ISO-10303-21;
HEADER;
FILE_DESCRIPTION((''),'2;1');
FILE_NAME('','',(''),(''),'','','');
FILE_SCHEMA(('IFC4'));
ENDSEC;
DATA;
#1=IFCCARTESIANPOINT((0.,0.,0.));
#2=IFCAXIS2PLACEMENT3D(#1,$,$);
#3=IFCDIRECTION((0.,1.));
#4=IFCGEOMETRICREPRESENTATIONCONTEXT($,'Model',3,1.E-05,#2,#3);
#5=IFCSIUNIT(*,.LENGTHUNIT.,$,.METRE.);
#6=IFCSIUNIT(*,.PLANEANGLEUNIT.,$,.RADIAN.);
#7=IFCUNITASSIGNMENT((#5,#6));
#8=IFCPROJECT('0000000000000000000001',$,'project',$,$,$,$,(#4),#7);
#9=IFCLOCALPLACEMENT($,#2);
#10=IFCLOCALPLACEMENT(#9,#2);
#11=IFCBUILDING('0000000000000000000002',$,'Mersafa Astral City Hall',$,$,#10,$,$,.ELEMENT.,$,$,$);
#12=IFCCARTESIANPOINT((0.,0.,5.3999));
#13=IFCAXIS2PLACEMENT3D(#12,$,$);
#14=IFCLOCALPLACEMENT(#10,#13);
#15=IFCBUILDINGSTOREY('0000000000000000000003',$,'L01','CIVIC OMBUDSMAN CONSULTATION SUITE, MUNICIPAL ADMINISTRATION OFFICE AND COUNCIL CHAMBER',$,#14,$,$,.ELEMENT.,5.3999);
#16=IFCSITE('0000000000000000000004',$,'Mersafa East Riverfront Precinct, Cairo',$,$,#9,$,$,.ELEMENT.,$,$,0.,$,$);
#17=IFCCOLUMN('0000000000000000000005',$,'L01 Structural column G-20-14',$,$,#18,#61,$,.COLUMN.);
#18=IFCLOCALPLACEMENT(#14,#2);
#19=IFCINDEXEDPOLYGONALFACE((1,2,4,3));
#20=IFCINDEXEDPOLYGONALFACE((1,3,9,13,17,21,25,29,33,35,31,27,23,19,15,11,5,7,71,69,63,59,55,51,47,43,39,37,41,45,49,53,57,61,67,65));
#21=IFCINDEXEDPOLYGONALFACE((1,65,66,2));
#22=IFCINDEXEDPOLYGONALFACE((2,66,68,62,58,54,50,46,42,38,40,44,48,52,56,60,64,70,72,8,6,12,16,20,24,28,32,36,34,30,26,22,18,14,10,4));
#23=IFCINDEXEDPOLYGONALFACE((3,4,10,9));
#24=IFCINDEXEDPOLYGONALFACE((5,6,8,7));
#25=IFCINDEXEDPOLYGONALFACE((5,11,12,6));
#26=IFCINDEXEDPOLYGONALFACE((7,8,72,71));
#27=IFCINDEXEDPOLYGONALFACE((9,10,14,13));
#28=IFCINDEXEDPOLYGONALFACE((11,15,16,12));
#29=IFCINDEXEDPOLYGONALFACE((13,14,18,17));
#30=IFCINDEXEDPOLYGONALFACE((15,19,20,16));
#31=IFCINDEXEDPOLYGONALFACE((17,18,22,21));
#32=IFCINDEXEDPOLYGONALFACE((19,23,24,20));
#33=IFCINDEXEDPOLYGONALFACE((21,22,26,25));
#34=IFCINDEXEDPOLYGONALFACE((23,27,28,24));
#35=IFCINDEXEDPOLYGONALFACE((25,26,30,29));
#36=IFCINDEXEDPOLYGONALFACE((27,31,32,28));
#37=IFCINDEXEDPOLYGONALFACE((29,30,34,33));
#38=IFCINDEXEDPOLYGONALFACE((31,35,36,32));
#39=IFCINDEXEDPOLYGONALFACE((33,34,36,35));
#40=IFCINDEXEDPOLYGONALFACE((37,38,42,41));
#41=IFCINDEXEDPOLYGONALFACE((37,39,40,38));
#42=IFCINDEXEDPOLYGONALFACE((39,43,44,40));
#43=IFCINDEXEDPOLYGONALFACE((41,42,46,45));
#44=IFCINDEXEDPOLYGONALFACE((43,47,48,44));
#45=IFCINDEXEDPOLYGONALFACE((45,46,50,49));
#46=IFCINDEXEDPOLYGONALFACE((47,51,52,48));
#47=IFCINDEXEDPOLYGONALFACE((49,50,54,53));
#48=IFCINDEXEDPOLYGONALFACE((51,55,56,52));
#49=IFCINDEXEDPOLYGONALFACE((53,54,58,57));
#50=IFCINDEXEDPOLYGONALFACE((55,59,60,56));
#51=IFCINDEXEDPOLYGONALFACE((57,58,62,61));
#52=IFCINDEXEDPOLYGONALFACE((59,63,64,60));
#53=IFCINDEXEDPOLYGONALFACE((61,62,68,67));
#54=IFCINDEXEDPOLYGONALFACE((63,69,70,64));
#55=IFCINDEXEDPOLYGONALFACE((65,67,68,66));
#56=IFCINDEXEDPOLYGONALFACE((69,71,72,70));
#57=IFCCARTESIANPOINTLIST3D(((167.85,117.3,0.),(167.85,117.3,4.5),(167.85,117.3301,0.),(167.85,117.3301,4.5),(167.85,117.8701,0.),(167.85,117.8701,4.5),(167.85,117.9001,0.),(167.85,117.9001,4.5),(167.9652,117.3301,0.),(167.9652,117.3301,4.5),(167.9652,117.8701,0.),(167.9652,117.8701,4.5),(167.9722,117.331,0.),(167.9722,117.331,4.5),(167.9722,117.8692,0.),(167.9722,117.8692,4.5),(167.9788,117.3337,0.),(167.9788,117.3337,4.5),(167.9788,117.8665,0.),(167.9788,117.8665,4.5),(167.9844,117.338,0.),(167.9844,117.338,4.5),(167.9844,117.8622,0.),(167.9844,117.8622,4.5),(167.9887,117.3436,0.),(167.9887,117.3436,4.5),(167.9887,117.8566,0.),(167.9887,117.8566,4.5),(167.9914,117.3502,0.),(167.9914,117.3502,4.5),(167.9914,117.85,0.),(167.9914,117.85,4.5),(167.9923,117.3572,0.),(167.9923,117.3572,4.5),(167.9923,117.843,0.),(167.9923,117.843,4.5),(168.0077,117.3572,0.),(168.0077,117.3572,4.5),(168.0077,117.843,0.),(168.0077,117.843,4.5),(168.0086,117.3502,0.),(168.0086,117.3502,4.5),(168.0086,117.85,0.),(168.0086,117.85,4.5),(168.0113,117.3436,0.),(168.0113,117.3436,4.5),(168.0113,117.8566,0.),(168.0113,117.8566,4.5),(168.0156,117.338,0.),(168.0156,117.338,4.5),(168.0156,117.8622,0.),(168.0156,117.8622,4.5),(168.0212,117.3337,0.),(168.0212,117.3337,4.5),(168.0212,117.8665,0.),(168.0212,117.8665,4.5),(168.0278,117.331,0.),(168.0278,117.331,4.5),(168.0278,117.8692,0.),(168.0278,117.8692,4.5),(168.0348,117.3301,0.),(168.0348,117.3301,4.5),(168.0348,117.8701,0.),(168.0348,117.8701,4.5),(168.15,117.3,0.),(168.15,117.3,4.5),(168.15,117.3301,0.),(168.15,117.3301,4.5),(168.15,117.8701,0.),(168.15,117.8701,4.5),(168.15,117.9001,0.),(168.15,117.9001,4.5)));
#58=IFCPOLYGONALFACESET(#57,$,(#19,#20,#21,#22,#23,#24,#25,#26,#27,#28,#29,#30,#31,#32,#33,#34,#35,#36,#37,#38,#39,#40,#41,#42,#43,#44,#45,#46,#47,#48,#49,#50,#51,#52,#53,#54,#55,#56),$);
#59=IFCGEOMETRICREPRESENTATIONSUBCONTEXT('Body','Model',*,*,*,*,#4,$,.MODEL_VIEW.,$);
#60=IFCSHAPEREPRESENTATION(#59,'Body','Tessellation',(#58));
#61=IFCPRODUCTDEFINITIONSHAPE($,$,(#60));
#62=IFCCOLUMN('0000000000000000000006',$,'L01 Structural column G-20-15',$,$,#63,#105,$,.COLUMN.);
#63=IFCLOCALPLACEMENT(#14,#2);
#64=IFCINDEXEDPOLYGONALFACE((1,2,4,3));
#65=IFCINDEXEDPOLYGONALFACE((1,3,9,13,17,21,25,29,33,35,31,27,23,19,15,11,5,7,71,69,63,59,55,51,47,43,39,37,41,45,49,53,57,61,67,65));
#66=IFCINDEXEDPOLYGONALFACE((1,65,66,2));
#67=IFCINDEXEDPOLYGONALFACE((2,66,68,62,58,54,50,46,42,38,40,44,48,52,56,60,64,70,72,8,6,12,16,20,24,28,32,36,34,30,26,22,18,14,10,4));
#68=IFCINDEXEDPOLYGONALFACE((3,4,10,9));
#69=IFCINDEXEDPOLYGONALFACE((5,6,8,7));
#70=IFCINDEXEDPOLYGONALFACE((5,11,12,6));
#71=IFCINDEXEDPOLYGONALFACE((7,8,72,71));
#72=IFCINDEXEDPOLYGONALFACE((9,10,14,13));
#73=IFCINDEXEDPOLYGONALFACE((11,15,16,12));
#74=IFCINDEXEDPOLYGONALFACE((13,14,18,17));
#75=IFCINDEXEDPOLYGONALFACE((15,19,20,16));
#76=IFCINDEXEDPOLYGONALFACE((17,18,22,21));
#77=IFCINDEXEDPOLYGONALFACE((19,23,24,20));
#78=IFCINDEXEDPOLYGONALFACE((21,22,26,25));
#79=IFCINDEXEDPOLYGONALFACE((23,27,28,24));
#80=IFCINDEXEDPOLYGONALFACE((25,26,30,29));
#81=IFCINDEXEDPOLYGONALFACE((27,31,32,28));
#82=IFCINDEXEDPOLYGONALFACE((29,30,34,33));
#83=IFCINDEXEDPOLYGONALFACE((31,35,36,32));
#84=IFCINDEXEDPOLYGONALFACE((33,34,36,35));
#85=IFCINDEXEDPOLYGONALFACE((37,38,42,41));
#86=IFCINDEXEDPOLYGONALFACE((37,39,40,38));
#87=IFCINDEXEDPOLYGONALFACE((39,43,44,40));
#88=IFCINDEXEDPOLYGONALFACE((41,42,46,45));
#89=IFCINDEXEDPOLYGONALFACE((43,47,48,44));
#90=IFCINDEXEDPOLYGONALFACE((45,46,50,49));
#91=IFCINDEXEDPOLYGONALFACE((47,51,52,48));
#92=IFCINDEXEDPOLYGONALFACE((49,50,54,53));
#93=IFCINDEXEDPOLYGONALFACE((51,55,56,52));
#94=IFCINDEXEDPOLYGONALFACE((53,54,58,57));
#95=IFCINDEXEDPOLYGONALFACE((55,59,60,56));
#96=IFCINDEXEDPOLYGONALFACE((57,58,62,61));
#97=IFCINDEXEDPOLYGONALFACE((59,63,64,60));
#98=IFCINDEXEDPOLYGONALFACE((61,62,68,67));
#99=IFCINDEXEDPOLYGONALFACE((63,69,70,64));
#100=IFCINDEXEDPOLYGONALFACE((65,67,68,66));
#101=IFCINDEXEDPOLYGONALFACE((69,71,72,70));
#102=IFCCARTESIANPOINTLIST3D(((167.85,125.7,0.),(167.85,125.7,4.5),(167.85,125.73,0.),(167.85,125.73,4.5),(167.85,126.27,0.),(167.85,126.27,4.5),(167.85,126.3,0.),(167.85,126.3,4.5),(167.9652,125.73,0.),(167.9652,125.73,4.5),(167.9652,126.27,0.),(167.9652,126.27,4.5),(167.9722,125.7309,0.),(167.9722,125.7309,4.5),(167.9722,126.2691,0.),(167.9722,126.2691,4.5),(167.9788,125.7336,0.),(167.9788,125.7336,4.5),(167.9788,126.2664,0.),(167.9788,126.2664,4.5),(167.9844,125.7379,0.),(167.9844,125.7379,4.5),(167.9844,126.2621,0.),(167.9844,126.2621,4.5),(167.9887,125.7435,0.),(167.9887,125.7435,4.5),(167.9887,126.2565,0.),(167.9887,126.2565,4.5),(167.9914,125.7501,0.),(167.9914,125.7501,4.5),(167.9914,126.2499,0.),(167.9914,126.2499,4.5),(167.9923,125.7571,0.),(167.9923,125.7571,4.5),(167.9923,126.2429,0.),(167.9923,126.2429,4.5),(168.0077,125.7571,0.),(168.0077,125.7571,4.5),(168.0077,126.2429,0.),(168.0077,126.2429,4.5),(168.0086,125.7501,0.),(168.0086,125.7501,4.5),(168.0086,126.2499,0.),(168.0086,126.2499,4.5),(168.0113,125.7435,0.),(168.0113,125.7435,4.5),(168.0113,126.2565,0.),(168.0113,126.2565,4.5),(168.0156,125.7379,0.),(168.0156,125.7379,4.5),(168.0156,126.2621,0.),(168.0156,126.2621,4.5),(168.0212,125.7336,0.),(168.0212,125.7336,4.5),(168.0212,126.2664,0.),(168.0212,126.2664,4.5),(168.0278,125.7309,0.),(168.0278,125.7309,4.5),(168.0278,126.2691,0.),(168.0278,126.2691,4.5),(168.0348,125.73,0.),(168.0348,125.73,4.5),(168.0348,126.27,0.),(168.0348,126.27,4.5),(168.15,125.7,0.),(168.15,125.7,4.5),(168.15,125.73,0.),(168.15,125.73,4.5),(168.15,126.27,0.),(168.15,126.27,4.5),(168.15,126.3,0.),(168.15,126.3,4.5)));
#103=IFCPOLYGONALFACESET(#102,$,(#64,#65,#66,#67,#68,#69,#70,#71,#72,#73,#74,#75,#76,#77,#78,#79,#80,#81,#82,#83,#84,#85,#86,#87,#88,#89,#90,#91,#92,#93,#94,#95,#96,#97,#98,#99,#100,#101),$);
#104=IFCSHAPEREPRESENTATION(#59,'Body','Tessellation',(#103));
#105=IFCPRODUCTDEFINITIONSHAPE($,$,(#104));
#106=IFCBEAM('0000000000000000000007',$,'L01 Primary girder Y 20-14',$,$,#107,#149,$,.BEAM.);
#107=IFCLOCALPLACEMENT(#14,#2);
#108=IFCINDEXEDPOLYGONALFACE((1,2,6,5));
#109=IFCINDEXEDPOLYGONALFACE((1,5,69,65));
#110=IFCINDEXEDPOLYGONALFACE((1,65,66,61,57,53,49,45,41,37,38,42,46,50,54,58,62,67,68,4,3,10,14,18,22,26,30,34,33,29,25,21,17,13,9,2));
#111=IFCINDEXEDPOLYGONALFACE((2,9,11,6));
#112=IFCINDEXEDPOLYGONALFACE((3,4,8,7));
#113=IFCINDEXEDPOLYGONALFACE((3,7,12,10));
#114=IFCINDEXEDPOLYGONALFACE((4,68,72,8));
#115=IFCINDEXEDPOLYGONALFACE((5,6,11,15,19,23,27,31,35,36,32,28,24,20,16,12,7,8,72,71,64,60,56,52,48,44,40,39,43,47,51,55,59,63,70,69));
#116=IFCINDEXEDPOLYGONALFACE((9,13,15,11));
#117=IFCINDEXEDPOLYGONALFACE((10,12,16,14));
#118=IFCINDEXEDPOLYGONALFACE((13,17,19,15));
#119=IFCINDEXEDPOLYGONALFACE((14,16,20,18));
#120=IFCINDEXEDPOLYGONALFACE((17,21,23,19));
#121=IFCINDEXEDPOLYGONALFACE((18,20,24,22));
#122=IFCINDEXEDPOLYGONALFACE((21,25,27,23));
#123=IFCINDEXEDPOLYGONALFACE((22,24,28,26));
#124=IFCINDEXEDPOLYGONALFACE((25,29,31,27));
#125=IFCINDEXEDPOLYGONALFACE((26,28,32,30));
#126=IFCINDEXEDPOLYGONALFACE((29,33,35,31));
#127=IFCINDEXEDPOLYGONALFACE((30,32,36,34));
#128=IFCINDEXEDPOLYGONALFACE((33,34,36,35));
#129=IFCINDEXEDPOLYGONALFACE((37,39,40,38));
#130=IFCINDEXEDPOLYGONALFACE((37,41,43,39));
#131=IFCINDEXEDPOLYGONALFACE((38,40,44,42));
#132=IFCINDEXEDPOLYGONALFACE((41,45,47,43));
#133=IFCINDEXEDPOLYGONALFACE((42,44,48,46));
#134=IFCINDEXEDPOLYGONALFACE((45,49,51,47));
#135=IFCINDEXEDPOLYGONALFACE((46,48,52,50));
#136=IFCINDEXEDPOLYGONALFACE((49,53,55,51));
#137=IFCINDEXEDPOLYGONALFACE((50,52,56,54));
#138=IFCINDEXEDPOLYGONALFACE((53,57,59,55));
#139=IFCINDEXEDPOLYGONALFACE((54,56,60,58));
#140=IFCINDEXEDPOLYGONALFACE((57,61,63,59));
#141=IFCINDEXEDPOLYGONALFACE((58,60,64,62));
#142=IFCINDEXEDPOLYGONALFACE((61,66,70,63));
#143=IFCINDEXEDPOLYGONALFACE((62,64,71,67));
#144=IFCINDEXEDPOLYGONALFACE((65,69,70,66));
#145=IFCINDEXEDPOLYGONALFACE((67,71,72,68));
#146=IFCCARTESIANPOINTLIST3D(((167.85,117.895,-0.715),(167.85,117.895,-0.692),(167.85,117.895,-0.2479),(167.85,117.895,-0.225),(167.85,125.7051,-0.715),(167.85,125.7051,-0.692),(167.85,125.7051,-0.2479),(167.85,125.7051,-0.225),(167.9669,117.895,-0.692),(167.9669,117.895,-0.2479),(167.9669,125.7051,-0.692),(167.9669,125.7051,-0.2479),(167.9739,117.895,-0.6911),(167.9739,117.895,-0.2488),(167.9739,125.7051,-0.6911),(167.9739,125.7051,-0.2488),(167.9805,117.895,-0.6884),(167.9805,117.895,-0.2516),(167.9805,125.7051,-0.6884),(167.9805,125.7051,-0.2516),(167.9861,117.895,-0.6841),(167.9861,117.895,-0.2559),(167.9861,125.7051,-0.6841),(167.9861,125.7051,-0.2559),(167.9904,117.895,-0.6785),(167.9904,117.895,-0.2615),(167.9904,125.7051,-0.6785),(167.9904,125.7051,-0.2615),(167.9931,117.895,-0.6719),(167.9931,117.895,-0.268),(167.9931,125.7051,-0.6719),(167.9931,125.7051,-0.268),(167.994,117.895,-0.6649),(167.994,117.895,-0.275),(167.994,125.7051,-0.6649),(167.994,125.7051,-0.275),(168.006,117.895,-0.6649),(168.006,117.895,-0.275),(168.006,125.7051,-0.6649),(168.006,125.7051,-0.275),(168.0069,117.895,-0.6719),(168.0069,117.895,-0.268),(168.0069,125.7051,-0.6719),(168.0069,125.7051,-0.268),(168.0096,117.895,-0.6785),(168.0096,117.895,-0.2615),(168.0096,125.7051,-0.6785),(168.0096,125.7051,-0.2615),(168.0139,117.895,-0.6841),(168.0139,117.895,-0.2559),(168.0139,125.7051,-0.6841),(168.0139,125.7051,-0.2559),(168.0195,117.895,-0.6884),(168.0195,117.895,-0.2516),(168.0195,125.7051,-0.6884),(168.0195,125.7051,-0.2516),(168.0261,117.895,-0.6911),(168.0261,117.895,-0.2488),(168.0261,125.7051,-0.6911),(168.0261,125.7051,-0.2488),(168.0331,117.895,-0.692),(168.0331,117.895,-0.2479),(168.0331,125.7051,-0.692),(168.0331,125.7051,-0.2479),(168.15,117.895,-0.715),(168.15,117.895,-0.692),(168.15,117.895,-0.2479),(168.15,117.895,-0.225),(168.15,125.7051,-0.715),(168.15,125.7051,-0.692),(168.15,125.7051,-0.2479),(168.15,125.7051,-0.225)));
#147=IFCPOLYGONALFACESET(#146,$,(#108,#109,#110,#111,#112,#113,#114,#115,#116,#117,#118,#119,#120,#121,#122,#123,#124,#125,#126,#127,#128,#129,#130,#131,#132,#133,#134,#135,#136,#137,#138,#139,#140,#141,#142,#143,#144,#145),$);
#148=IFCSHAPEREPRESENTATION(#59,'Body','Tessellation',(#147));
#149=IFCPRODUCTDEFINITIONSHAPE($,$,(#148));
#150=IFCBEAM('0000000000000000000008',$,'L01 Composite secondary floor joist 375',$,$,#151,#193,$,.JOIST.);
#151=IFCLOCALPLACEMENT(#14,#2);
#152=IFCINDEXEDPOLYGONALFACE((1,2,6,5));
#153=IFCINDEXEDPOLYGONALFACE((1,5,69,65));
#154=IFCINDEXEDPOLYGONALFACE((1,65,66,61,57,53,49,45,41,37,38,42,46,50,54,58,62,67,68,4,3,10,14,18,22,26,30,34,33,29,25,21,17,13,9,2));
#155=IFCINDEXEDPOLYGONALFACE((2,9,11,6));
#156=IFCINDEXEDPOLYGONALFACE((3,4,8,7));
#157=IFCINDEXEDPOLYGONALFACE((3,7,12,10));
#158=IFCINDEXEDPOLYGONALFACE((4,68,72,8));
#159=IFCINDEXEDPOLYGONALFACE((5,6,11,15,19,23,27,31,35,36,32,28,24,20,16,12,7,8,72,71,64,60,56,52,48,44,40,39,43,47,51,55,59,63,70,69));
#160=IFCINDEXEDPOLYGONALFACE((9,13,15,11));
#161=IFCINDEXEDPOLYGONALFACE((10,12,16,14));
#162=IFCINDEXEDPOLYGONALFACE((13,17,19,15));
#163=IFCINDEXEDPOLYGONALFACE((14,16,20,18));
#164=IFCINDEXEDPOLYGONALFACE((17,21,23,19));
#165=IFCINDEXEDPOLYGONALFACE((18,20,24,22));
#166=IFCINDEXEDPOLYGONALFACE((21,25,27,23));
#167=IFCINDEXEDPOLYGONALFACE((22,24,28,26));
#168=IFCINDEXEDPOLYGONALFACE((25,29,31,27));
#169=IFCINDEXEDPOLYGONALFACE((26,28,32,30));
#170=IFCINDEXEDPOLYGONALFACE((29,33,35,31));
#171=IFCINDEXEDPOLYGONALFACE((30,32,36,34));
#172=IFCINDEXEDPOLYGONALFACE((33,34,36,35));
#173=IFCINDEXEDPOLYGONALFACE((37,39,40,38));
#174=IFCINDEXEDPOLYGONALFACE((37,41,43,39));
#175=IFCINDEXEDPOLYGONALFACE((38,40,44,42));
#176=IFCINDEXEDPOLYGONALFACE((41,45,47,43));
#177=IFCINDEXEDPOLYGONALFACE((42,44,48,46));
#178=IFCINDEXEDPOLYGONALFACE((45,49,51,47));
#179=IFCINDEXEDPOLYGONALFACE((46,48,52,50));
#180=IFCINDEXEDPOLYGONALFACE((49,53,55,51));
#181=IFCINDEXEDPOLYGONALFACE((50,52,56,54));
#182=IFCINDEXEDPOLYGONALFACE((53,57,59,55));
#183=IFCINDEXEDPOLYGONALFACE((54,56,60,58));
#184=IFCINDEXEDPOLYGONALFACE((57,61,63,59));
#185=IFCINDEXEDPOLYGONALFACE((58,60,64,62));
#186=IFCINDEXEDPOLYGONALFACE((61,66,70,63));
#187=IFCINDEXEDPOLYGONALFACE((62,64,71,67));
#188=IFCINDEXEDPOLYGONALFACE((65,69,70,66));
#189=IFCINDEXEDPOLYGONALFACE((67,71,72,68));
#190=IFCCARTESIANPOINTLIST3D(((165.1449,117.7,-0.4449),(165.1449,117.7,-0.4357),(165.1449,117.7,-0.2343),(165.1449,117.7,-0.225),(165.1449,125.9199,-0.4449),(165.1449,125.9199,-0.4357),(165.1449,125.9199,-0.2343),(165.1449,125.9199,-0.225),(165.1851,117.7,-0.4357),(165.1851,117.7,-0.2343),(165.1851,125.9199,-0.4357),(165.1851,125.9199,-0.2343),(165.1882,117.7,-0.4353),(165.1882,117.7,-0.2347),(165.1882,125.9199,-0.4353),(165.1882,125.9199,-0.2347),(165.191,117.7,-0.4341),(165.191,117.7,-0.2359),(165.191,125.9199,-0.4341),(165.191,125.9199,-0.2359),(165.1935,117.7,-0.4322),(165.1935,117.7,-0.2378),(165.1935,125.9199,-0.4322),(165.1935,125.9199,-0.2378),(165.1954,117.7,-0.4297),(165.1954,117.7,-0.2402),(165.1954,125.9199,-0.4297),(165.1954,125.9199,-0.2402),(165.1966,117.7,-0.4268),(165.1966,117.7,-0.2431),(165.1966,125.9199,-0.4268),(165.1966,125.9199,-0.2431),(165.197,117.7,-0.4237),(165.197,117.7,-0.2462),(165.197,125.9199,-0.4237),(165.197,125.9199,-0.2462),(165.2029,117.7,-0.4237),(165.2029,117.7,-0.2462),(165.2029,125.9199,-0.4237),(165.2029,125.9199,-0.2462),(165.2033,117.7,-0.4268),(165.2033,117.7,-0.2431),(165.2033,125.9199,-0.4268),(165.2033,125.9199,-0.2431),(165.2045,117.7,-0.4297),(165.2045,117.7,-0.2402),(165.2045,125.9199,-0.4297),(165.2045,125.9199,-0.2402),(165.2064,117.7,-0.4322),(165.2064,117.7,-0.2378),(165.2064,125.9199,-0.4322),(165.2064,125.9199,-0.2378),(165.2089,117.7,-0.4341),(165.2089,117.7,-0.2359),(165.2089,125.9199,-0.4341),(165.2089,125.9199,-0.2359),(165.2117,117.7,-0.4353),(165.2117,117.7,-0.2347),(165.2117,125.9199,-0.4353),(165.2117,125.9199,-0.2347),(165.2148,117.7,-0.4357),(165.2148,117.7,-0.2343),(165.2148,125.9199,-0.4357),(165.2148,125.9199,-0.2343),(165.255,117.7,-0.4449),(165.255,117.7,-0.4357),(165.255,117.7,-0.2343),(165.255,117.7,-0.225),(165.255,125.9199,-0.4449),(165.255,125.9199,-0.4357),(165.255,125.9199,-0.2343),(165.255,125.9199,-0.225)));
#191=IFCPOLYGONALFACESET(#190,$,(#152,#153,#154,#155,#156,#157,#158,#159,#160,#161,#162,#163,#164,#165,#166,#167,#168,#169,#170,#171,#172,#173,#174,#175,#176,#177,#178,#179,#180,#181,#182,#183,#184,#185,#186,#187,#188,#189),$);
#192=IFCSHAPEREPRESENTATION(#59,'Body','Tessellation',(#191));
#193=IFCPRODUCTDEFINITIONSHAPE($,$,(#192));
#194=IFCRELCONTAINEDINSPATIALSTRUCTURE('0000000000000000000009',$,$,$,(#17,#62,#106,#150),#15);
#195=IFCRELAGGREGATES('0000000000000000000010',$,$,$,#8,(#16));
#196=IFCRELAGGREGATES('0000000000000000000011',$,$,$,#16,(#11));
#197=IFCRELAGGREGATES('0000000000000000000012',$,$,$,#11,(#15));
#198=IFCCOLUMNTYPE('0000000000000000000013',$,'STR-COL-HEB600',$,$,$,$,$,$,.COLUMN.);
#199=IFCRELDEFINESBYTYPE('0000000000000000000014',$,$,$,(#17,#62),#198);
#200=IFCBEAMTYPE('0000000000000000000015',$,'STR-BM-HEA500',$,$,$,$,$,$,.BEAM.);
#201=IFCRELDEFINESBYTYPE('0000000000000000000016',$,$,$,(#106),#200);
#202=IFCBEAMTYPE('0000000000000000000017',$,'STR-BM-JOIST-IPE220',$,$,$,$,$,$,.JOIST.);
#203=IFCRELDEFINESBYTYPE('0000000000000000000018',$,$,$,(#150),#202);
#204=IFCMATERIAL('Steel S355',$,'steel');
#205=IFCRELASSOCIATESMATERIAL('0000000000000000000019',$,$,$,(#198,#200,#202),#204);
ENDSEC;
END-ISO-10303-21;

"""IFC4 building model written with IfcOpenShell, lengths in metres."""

from ifc_helpers import new_model, si_unit, direction, frame, origin, origin_2d, place, context, subcontext, project, spatial, i_section, extrude, material, material_profile, profile_set, type_object, element, save


model = new_model("IFC4")

# Units and contexts
model_context = context("Model", 3, precision=1e-05, world=origin(), true_north=direction((0.0, 1.0)))
body_context = subcontext(model_context, "Body", "Model", "MODEL_VIEW")
ifc_project = project(units=[si_unit("LENGTHUNIT", "METRE"), si_unit("PLANEANGLEUNIT", "RADIAN")], contexts=[model_context])

# Site, building, storey
site_placement = place(None, origin())
site = spatial("IfcSite", under=ifc_project, at=site_placement, Name="Mersafa East Riverfront Precinct, Cairo", CompositionType="ELEMENT", RefElevation=0.0)
building_placement = place(site_placement, origin())
building = spatial("IfcBuilding", under=site, at=building_placement, Name="Mersafa Astral City Hall", CompositionType="ELEMENT")
storey_placement = place(building_placement, frame((0.0, 0.0, 5.3999)))
storey = spatial("IfcBuildingStorey", under=building, at=storey_placement, Name="L01", Description="CIVIC OMBUDSMAN CONSULTATION SUITE, MUNICIPAL ADMINISTRATION OFFICE AND COUNCIL CHAMBER", CompositionType="ELEMENT", Elevation=5.3999)

# Columns
ifc_material_1 = material(Name="Steel S355", Category="steel")
ifc_material_profile_1 = material_profile(ifc_material_1, i_section(OverallWidth=0.3, OverallDepth=0.6001, WebThickness=0.0154, FlangeThickness=0.03, FilletRadius=0.0271, at=origin_2d()), Name="HEB 600")
ifc_profile_set_1 = profile_set([ifc_material_profile_1], Name="Steel S355")
column_type = type_object("IfcColumnType", Name="STR-COL-HEB600", PredefinedType="COLUMN", material=ifc_profile_set_1)
for number, where, z_axis, x_axis, name in (
    (1, (168.0, 117.6001, 0.0), (0.0, 0.0, 1.0), (1.0, 0.0, 0.0), "L01 Structural column G-20-14"),
    (2, (168.0, 126.0, 0.0), (0.0, 0.0, 1.0), (1.0, 0.0, 0.0), "L01 Structural column G-20-15"),
):
    element("IfcColumn", number, at=place(storey_placement, frame(where, z_axis=z_axis, x_axis=x_axis)), inside=storey, type_object=column_type, Name=name, PredefinedType="COLUMN", context=body_context, shape_type="SweptSolid", body=[
        extrude(i_section(OverallWidth=0.3, OverallDepth=0.6001, WebThickness=0.0154, FlangeThickness=0.03, FilletRadius=0.0271, at=origin_2d()), origin(), (0.0, 0.0, 1.0), 4.5),
    ])

# Beams
ifc_material_profile_2 = material_profile(ifc_material_1, i_section(OverallWidth=0.3, OverallDepth=0.49, WebThickness=0.012, FlangeThickness=0.0229, FilletRadius=0.0271, at=origin_2d()), Name="HEA 500")
ifc_profile_set_2 = profile_set([ifc_material_profile_2], Name="Steel S355")
beam_type_1 = type_object("IfcBeamType", Name="STR-BM-HEA500", PredefinedType="BEAM", material=ifc_profile_set_2)
beam_1_placement = place(storey_placement, frame((168.0, 117.895, -0.47), z_axis=(0.0, 1.0, 0.0), x_axis=(-1.0, 0.0, 0.0)))
element("IfcBeam", 3, at=beam_1_placement, inside=storey, type_object=beam_type_1, Name="L01 Primary girder Y 20-14", PredefinedType="BEAM", context=body_context, shape_type="SweptSolid", body=[
    extrude(i_section(OverallWidth=0.3, OverallDepth=0.49, WebThickness=0.012, FlangeThickness=0.0229, FilletRadius=0.0271, at=origin_2d()), origin(), (0.0, 0.0, 1.0), 7.8101),
])
ifc_material_profile_3 = material_profile(ifc_material_1, i_section(OverallWidth=0.1101, OverallDepth=0.22, WebThickness=0.0059, FlangeThickness=0.0093, FilletRadius=0.012, at=origin_2d()), Name="IPE 220")
ifc_profile_set_3 = profile_set([ifc_material_profile_3], Name="Steel S355")
beam_type_2 = type_object("IfcBeamType", Name="STR-BM-JOIST-IPE220", PredefinedType="JOIST", material=ifc_profile_set_3)
beam_2_placement = place(storey_placement, frame((165.2, 117.7, -0.335), z_axis=(0.0, 1.0, 0.0), x_axis=(-1.0, 0.0, 0.0)))
element("IfcBeam", 4, at=beam_2_placement, inside=storey, type_object=beam_type_2, Name="L01 Composite secondary floor joist 375", PredefinedType="JOIST", context=body_context, shape_type="SweptSolid", body=[
    extrude(i_section(OverallWidth=0.1101, OverallDepth=0.22, WebThickness=0.0059, FlangeThickness=0.0093, FilletRadius=0.012, at=origin_2d()), origin(), (0.0, 0.0, 1.0), 8.22),
])

save(model, "model.ifc")
